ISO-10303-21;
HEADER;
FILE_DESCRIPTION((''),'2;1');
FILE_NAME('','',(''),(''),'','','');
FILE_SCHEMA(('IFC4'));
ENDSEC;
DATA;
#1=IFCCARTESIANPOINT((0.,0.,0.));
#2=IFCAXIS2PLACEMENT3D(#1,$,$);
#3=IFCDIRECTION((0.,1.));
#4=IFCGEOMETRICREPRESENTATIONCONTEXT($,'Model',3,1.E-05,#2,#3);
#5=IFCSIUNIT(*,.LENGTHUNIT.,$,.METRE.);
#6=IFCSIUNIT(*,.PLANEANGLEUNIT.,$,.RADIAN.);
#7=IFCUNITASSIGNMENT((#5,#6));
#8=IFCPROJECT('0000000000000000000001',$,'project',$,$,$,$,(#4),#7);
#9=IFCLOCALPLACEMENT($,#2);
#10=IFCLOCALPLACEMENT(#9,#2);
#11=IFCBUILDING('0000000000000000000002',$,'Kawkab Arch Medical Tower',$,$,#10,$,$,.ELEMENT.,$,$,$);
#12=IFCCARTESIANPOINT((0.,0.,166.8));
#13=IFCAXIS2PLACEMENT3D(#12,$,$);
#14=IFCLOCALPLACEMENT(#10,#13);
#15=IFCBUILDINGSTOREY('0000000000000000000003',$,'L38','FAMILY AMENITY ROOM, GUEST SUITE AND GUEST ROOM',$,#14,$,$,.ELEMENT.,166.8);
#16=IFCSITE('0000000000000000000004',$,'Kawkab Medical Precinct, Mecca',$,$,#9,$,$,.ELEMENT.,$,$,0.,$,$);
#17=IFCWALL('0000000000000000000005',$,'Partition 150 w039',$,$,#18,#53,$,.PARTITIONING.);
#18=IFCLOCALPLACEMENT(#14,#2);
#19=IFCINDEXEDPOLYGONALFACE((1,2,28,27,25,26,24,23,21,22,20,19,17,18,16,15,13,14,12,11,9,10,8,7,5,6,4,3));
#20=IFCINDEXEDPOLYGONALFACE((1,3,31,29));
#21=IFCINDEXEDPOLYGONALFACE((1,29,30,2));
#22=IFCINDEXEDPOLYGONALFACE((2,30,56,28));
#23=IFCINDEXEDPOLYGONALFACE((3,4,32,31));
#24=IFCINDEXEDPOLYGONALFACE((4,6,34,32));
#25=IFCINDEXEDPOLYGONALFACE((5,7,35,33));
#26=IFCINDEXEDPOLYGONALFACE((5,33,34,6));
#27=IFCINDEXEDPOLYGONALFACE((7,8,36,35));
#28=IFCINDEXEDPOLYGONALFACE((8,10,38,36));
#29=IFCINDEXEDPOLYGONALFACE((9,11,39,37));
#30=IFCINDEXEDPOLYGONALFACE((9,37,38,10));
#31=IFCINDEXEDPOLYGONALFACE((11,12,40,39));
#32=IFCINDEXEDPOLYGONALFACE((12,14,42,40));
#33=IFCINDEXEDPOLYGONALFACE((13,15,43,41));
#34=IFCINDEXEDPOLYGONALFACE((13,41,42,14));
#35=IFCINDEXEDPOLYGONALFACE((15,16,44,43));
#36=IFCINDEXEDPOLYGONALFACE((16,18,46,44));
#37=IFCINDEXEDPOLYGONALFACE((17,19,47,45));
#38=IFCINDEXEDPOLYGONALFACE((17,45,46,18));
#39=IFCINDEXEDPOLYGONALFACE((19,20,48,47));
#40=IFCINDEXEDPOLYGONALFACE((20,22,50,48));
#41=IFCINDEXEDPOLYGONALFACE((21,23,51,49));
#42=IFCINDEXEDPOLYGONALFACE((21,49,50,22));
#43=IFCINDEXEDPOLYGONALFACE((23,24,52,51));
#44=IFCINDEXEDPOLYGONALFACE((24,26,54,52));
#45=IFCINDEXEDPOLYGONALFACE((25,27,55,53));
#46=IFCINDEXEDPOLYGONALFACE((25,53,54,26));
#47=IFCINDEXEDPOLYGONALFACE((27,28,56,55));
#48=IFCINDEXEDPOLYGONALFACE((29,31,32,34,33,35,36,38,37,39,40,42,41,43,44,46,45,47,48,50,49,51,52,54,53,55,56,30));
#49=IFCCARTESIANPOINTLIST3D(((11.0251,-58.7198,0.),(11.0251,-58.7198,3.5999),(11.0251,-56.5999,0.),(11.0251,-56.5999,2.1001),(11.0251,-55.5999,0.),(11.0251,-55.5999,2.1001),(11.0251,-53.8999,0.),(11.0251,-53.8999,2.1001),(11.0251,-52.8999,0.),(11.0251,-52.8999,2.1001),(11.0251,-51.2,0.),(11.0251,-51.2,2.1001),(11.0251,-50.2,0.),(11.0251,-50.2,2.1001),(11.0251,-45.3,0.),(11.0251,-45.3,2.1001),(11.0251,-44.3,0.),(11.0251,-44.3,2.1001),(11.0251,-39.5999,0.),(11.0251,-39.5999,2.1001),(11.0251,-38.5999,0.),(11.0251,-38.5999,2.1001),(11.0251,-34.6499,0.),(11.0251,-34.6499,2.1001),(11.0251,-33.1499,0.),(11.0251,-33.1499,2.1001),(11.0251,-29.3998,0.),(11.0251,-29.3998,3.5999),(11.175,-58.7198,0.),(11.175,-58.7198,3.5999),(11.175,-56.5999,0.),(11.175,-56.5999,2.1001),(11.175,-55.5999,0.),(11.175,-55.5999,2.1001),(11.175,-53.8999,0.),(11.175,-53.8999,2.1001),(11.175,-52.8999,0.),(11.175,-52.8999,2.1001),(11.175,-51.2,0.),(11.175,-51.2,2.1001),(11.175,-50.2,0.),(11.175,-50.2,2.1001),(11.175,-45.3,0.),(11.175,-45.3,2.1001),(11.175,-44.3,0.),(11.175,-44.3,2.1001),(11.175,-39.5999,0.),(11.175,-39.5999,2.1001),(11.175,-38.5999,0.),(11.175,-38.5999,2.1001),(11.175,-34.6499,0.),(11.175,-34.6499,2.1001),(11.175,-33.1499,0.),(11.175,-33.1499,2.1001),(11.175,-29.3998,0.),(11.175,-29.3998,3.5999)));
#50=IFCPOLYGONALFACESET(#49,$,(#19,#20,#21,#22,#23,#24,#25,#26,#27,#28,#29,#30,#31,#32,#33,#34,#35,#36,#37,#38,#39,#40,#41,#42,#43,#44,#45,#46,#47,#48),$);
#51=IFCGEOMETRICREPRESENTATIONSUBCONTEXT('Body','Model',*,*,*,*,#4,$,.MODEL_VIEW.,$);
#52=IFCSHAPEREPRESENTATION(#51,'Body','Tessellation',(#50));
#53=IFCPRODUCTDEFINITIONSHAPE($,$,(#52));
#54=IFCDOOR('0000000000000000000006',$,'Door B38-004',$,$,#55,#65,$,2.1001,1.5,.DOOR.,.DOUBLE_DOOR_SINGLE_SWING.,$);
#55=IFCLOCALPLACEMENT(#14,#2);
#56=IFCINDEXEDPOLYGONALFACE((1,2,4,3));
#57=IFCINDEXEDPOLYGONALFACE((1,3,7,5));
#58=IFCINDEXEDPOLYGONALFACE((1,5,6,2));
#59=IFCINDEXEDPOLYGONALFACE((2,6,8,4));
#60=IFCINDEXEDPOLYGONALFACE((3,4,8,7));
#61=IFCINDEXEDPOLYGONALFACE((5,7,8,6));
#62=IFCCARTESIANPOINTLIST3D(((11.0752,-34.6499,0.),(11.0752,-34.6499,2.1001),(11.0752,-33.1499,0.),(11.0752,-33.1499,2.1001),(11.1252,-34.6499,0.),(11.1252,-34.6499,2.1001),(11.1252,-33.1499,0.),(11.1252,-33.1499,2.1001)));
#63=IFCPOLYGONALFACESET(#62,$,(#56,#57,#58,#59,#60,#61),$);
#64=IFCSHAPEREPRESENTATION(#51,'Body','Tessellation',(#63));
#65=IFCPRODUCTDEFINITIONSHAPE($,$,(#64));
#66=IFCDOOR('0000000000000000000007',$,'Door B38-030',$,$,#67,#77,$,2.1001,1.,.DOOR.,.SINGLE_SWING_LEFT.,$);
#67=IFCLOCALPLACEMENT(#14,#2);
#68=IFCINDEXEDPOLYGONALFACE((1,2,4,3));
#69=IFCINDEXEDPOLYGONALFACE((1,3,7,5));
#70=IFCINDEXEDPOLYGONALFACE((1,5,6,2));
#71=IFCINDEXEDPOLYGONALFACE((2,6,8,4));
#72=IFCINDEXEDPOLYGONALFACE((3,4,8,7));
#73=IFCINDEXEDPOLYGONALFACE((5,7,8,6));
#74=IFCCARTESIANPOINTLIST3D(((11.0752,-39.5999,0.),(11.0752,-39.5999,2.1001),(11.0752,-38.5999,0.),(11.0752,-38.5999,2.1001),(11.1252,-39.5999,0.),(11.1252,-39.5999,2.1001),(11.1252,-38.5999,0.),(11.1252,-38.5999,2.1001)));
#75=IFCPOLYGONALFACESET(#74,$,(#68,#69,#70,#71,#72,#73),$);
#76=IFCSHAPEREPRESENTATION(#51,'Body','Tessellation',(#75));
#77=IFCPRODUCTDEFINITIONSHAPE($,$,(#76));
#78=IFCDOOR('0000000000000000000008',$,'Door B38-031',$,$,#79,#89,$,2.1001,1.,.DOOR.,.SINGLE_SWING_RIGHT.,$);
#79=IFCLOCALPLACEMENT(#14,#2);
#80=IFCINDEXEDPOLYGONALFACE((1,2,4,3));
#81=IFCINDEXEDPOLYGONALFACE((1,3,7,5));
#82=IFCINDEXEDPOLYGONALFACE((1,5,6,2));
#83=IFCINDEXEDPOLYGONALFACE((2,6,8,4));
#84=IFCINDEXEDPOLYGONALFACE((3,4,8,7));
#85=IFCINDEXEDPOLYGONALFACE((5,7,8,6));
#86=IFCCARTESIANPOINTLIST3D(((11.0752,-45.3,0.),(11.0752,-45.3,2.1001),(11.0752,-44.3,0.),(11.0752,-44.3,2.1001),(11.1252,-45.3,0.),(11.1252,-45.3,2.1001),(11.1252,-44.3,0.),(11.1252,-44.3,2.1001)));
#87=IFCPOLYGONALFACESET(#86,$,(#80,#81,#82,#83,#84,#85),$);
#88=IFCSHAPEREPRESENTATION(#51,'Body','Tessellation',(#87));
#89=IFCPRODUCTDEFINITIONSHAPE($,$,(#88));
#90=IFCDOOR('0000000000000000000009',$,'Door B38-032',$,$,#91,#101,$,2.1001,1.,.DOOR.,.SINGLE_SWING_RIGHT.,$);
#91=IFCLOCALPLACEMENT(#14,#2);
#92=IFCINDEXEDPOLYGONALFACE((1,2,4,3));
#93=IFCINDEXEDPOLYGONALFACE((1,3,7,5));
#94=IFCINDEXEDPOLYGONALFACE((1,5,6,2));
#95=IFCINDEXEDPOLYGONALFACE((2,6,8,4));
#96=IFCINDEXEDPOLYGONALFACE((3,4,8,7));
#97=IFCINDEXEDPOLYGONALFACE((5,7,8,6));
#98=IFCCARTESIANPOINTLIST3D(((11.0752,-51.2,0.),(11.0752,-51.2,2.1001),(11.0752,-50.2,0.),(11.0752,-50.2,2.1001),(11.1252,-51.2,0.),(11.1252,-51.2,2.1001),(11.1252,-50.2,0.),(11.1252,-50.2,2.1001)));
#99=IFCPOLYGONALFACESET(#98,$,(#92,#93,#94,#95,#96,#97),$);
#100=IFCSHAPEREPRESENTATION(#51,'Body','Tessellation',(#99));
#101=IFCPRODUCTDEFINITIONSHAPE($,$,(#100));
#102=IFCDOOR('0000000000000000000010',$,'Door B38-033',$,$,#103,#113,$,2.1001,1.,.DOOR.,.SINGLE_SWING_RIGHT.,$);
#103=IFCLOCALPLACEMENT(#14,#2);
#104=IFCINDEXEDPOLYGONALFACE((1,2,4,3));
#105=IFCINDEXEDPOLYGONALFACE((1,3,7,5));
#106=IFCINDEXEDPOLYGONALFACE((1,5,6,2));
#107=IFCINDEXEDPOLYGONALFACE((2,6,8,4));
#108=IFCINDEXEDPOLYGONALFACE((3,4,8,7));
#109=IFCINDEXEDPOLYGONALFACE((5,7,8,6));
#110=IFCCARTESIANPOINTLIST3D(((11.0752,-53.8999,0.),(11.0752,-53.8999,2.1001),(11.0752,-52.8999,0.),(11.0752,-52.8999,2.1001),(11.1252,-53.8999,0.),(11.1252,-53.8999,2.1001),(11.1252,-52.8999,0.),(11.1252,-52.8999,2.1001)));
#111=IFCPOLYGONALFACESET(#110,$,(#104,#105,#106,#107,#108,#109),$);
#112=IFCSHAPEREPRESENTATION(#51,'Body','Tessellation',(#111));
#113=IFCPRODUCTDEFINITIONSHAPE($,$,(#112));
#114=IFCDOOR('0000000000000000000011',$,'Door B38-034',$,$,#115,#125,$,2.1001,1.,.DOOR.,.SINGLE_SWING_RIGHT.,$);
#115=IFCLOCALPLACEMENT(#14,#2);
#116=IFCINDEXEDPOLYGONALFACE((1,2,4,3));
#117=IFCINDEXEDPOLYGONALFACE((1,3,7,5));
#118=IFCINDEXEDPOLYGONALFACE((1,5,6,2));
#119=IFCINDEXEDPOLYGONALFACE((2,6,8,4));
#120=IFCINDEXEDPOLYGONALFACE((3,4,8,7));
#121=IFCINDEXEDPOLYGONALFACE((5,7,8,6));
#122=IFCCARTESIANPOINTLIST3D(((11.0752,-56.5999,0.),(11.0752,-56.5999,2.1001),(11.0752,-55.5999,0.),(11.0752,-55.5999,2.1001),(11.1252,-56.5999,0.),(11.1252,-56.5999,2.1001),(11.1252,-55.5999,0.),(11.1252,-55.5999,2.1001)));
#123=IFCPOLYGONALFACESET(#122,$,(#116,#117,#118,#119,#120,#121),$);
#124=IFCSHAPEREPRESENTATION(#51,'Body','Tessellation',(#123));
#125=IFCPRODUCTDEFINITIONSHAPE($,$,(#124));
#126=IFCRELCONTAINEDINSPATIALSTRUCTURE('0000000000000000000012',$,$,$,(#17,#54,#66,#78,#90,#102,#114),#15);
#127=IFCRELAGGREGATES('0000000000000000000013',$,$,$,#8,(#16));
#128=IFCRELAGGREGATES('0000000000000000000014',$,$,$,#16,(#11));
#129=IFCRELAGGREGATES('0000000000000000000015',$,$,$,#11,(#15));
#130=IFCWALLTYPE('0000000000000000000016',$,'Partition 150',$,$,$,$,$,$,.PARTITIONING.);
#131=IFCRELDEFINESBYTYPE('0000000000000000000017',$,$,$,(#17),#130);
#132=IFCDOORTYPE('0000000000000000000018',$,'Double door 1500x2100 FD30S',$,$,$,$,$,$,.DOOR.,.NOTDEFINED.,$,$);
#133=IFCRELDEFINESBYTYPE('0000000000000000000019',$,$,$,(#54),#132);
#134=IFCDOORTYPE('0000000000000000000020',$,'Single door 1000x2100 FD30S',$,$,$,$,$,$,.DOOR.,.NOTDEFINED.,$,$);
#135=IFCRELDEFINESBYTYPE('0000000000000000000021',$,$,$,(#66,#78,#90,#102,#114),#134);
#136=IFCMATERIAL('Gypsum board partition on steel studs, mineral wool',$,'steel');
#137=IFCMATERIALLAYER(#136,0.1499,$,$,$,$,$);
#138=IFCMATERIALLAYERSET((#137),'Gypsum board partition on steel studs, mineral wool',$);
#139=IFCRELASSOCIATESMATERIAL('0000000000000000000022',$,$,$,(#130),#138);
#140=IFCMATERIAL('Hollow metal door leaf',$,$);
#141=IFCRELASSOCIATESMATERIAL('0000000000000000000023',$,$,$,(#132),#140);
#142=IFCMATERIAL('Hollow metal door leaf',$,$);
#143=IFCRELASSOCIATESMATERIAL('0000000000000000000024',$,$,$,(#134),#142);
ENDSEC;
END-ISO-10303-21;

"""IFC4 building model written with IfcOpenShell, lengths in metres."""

from ifc_helpers import new_model, si_unit, direction, frame, frame_2d, origin, place, context, subcontext, project, spatial, rectangle, extrude, material, layer, layer_set, type_object, element, fill, save


model = new_model("IFC4")

# Units and contexts
model_context = context("Model", 3, precision=1e-05, world=origin(), true_north=direction((0.0, 1.0)))
body_context = subcontext(model_context, "Body", "Model", "MODEL_VIEW")
ifc_project = project(units=[si_unit("LENGTHUNIT", "METRE"), si_unit("PLANEANGLEUNIT", "RADIAN")], contexts=[model_context])

# Site, building, storey
site_placement = place(None, origin())
site = spatial("IfcSite", under=ifc_project, at=site_placement, Name="Kawkab Medical Precinct, Mecca", CompositionType="ELEMENT", RefElevation=0.0)
building_placement = place(site_placement, origin())
building = spatial("IfcBuilding", under=site, at=building_placement, Name="Kawkab Arch Medical Tower", CompositionType="ELEMENT")
storey_placement = place(building_placement, frame((0.0, 0.0, 166.8)))
storey = spatial("IfcBuildingStorey", under=building, at=storey_placement, Name="L38", Description="FAMILY AMENITY ROOM, GUEST SUITE AND GUEST ROOM", CompositionType="ELEMENT", Elevation=166.8)

# Shared definitions
ifc_material_1 = material(Name="Gypsum board partition on steel studs, mineral wool", Category="steel")
ifc_layer_1 = layer(ifc_material_1, 0.1499)
ifc_layer_set_1 = layer_set([ifc_layer_1], Name="Gypsum board partition on steel studs, mineral wool")
wall_type_1 = type_object("IfcWallType", Name="Partition 150", PredefinedType="PARTITIONING", material=ifc_layer_set_1)

# Wall, openings, doors
ifc_material_2 = material(Name="Hollow metal door leaf")
door_type_1 = type_object("IfcDoorType", Name="Double door 1500x2100 FD30S", OperationType="NOTDEFINED", PredefinedType="DOOR", material=ifc_material_2)
ifc_material_3 = material(Name="Hollow metal door leaf")
door_type_2 = type_object("IfcDoorType", Name="Single door 1000x2100 FD30S", OperationType="NOTDEFINED", PredefinedType="DOOR", material=ifc_material_3)
wall_1_placement = place(storey_placement, frame((11.1001, -58.72, 0.0), z_axis=(0.0, 0.0, 1.0), x_axis=(0.0, 1.0, 0.0)))
wall_1 = element("IfcWall", 1, at=wall_1_placement, inside=storey, type_object=wall_type_1, Name="Partition 150 w039", PredefinedType="PARTITIONING", context=body_context, shape_type="SweptSolid", body=[
    extrude(rectangle(XDim=29.3201, YDim=0.1499, at=frame_2d((14.6602, 0.0))), origin(), (0.0, 0.0, 1.0), 3.5999),
])
opening_1_placement = place(wall_1_placement, frame((24.0701, 0.0, 0.0)))
opening_1 = element("IfcOpeningElement", 2, at=opening_1_placement, cuts=wall_1, PredefinedType="OPENING", context=body_context, shape_type="SweptSolid", body=[
    extrude(rectangle(XDim=1.5, YDim=2.1001, at=frame_2d((0.75, 1.05))), frame((0.0, 0.085, 0.0), z_axis=(0.0, -1.0, 0.0), x_axis=(1.0, 0.0, 0.0)), (0.0, 0.0, 1.0), 0.1699),
])
opening_2_placement = place(wall_1_placement, frame((19.1201, 0.0, 0.0)))
opening_2 = element("IfcOpeningElement", 3, at=opening_2_placement, cuts=wall_1, PredefinedType="OPENING", context=body_context, shape_type="SweptSolid", body=[
    extrude(rectangle(XDim=1.0, YDim=2.1001, at=frame_2d((0.5, 1.05))), frame((0.0, 0.085, 0.0), z_axis=(0.0, -1.0, 0.0), x_axis=(1.0, 0.0, 0.0)), (0.0, 0.0, 1.0), 0.1699),
])
opening_3_placement = place(wall_1_placement, frame((13.4199, 0.0, 0.0)))
opening_3 = element("IfcOpeningElement", 4, at=opening_3_placement, cuts=wall_1, PredefinedType="OPENING", context=body_context, shape_type="SweptSolid", body=[
    extrude(rectangle(XDim=1.0, YDim=2.1001, at=frame_2d((0.5, 1.05))), frame((0.0, 0.085, 0.0), z_axis=(0.0, -1.0, 0.0), x_axis=(1.0, 0.0, 0.0)), (0.0, 0.0, 1.0), 0.1699),
])
opening_4_placement = place(wall_1_placement, frame((7.52, 0.0, 0.0)))
opening_4 = element("IfcOpeningElement", 5, at=opening_4_placement, cuts=wall_1, PredefinedType="OPENING", context=body_context, shape_type="SweptSolid", body=[
    extrude(rectangle(XDim=1.0, YDim=2.1001, at=frame_2d((0.5, 1.05))), frame((0.0, 0.085, 0.0), z_axis=(0.0, -1.0, 0.0), x_axis=(1.0, 0.0, 0.0)), (0.0, 0.0, 1.0), 0.1699),
])
opening_5_placement = place(wall_1_placement, frame((4.8201, 0.0, 0.0)))
opening_5 = element("IfcOpeningElement", 6, at=opening_5_placement, cuts=wall_1, PredefinedType="OPENING", context=body_context, shape_type="SweptSolid", body=[
    extrude(rectangle(XDim=1.0, YDim=2.1001, at=frame_2d((0.5, 1.05))), frame((0.0, 0.085, 0.0), z_axis=(0.0, -1.0, 0.0), x_axis=(1.0, 0.0, 0.0)), (0.0, 0.0, 1.0), 0.1699),
])
opening_6_placement = place(wall_1_placement, frame((2.1201, 0.0, 0.0)))
opening_6 = element("IfcOpeningElement", 7, at=opening_6_placement, cuts=wall_1, PredefinedType="OPENING", context=body_context, shape_type="SweptSolid", body=[
    extrude(rectangle(XDim=1.0, YDim=2.1001, at=frame_2d((0.5, 1.05))), frame((0.0, 0.085, 0.0), z_axis=(0.0, -1.0, 0.0), x_axis=(1.0, 0.0, 0.0)), (0.0, 0.0, 1.0), 0.1699),
])
door_1_placement = place(opening_1_placement, origin())
door_1 = element("IfcDoor", 8, at=door_1_placement, inside=storey, type_object=door_type_1, Name="Door B38-004", OperationType="DOUBLE_DOOR_SINGLE_SWING", OverallHeight=2.1001, OverallWidth=1.5, PredefinedType="DOOR", context=body_context, shape_type="SweptSolid", body=[
    extrude(rectangle(XDim=1.5, YDim=2.1001, at=frame_2d((0.75, 1.05))), frame((0.0, 0.0249, 0.0), z_axis=(0.0, -1.0, 0.0), x_axis=(1.0, 0.0, 0.0)), (0.0, 0.0, 1.0), 0.05),
])
fill(opening_1, door_1)
door_2_placement = place(opening_2_placement, origin())
door_2 = element("IfcDoor", 9, at=door_2_placement, inside=storey, type_object=door_type_2, Name="Door B38-030", OperationType="SINGLE_SWING_LEFT", OverallHeight=2.1001, OverallWidth=1.0, PredefinedType="DOOR", context=body_context, shape_type="SweptSolid", body=[
    extrude(rectangle(XDim=1.0, YDim=2.1001, at=frame_2d((0.5, 1.05))), frame((0.0, 0.0249, 0.0), z_axis=(0.0, -1.0, 0.0), x_axis=(1.0, 0.0, 0.0)), (0.0, 0.0, 1.0), 0.05),
])
fill(opening_2, door_2)
door_3_placement = place(opening_3_placement, origin())
door_3 = element("IfcDoor", 10, at=door_3_placement, inside=storey, type_object=door_type_2, Name="Door B38-031", OperationType="SINGLE_SWING_RIGHT", OverallHeight=2.1001, OverallWidth=1.0, PredefinedType="DOOR", context=body_context, shape_type="SweptSolid", body=[
    extrude(rectangle(XDim=1.0, YDim=2.1001, at=frame_2d((0.5, 1.05))), frame((0.0, 0.0249, 0.0), z_axis=(0.0, -1.0, 0.0), x_axis=(1.0, 0.0, 0.0)), (0.0, 0.0, 1.0), 0.05),
])
fill(opening_3, door_3)
door_4_placement = place(opening_4_placement, origin())
door_4 = element("IfcDoor", 11, at=door_4_placement, inside=storey, type_object=door_type_2, Name="Door B38-032", OperationType="SINGLE_SWING_RIGHT", OverallHeight=2.1001, OverallWidth=1.0, PredefinedType="DOOR", context=body_context, shape_type="SweptSolid", body=[
    extrude(rectangle(XDim=1.0, YDim=2.1001, at=frame_2d((0.5, 1.05))), frame((0.0, 0.0249, 0.0), z_axis=(0.0, -1.0, 0.0), x_axis=(1.0, 0.0, 0.0)), (0.0, 0.0, 1.0), 0.05),
])
fill(opening_4, door_4)
door_5_placement = place(opening_5_placement, origin())
door_5 = element("IfcDoor", 12, at=door_5_placement, inside=storey, type_object=door_type_2, Name="Door B38-033", OperationType="SINGLE_SWING_RIGHT", OverallHeight=2.1001, OverallWidth=1.0, PredefinedType="DOOR", context=body_context, shape_type="SweptSolid", body=[
    extrude(rectangle(XDim=1.0, YDim=2.1001, at=frame_2d((0.5, 1.05))), frame((0.0, 0.0249, 0.0), z_axis=(0.0, -1.0, 0.0), x_axis=(1.0, 0.0, 0.0)), (0.0, 0.0, 1.0), 0.05),
])
fill(opening_5, door_5)
door_6_placement = place(opening_6_placement, origin())
door_6 = element("IfcDoor", 13, at=door_6_placement, inside=storey, type_object=door_type_2, Name="Door B38-034", OperationType="SINGLE_SWING_RIGHT", OverallHeight=2.1001, OverallWidth=1.0, PredefinedType="DOOR", context=body_context, shape_type="SweptSolid", body=[
    extrude(rectangle(XDim=1.0, YDim=2.1001, at=frame_2d((0.5, 1.05))), frame((0.0, 0.0249, 0.0), z_axis=(0.0, -1.0, 0.0), x_axis=(1.0, 0.0, 0.0)), (0.0, 0.0, 1.0), 0.05),
])
fill(opening_6, door_6)

save(model, "model.ifc")
